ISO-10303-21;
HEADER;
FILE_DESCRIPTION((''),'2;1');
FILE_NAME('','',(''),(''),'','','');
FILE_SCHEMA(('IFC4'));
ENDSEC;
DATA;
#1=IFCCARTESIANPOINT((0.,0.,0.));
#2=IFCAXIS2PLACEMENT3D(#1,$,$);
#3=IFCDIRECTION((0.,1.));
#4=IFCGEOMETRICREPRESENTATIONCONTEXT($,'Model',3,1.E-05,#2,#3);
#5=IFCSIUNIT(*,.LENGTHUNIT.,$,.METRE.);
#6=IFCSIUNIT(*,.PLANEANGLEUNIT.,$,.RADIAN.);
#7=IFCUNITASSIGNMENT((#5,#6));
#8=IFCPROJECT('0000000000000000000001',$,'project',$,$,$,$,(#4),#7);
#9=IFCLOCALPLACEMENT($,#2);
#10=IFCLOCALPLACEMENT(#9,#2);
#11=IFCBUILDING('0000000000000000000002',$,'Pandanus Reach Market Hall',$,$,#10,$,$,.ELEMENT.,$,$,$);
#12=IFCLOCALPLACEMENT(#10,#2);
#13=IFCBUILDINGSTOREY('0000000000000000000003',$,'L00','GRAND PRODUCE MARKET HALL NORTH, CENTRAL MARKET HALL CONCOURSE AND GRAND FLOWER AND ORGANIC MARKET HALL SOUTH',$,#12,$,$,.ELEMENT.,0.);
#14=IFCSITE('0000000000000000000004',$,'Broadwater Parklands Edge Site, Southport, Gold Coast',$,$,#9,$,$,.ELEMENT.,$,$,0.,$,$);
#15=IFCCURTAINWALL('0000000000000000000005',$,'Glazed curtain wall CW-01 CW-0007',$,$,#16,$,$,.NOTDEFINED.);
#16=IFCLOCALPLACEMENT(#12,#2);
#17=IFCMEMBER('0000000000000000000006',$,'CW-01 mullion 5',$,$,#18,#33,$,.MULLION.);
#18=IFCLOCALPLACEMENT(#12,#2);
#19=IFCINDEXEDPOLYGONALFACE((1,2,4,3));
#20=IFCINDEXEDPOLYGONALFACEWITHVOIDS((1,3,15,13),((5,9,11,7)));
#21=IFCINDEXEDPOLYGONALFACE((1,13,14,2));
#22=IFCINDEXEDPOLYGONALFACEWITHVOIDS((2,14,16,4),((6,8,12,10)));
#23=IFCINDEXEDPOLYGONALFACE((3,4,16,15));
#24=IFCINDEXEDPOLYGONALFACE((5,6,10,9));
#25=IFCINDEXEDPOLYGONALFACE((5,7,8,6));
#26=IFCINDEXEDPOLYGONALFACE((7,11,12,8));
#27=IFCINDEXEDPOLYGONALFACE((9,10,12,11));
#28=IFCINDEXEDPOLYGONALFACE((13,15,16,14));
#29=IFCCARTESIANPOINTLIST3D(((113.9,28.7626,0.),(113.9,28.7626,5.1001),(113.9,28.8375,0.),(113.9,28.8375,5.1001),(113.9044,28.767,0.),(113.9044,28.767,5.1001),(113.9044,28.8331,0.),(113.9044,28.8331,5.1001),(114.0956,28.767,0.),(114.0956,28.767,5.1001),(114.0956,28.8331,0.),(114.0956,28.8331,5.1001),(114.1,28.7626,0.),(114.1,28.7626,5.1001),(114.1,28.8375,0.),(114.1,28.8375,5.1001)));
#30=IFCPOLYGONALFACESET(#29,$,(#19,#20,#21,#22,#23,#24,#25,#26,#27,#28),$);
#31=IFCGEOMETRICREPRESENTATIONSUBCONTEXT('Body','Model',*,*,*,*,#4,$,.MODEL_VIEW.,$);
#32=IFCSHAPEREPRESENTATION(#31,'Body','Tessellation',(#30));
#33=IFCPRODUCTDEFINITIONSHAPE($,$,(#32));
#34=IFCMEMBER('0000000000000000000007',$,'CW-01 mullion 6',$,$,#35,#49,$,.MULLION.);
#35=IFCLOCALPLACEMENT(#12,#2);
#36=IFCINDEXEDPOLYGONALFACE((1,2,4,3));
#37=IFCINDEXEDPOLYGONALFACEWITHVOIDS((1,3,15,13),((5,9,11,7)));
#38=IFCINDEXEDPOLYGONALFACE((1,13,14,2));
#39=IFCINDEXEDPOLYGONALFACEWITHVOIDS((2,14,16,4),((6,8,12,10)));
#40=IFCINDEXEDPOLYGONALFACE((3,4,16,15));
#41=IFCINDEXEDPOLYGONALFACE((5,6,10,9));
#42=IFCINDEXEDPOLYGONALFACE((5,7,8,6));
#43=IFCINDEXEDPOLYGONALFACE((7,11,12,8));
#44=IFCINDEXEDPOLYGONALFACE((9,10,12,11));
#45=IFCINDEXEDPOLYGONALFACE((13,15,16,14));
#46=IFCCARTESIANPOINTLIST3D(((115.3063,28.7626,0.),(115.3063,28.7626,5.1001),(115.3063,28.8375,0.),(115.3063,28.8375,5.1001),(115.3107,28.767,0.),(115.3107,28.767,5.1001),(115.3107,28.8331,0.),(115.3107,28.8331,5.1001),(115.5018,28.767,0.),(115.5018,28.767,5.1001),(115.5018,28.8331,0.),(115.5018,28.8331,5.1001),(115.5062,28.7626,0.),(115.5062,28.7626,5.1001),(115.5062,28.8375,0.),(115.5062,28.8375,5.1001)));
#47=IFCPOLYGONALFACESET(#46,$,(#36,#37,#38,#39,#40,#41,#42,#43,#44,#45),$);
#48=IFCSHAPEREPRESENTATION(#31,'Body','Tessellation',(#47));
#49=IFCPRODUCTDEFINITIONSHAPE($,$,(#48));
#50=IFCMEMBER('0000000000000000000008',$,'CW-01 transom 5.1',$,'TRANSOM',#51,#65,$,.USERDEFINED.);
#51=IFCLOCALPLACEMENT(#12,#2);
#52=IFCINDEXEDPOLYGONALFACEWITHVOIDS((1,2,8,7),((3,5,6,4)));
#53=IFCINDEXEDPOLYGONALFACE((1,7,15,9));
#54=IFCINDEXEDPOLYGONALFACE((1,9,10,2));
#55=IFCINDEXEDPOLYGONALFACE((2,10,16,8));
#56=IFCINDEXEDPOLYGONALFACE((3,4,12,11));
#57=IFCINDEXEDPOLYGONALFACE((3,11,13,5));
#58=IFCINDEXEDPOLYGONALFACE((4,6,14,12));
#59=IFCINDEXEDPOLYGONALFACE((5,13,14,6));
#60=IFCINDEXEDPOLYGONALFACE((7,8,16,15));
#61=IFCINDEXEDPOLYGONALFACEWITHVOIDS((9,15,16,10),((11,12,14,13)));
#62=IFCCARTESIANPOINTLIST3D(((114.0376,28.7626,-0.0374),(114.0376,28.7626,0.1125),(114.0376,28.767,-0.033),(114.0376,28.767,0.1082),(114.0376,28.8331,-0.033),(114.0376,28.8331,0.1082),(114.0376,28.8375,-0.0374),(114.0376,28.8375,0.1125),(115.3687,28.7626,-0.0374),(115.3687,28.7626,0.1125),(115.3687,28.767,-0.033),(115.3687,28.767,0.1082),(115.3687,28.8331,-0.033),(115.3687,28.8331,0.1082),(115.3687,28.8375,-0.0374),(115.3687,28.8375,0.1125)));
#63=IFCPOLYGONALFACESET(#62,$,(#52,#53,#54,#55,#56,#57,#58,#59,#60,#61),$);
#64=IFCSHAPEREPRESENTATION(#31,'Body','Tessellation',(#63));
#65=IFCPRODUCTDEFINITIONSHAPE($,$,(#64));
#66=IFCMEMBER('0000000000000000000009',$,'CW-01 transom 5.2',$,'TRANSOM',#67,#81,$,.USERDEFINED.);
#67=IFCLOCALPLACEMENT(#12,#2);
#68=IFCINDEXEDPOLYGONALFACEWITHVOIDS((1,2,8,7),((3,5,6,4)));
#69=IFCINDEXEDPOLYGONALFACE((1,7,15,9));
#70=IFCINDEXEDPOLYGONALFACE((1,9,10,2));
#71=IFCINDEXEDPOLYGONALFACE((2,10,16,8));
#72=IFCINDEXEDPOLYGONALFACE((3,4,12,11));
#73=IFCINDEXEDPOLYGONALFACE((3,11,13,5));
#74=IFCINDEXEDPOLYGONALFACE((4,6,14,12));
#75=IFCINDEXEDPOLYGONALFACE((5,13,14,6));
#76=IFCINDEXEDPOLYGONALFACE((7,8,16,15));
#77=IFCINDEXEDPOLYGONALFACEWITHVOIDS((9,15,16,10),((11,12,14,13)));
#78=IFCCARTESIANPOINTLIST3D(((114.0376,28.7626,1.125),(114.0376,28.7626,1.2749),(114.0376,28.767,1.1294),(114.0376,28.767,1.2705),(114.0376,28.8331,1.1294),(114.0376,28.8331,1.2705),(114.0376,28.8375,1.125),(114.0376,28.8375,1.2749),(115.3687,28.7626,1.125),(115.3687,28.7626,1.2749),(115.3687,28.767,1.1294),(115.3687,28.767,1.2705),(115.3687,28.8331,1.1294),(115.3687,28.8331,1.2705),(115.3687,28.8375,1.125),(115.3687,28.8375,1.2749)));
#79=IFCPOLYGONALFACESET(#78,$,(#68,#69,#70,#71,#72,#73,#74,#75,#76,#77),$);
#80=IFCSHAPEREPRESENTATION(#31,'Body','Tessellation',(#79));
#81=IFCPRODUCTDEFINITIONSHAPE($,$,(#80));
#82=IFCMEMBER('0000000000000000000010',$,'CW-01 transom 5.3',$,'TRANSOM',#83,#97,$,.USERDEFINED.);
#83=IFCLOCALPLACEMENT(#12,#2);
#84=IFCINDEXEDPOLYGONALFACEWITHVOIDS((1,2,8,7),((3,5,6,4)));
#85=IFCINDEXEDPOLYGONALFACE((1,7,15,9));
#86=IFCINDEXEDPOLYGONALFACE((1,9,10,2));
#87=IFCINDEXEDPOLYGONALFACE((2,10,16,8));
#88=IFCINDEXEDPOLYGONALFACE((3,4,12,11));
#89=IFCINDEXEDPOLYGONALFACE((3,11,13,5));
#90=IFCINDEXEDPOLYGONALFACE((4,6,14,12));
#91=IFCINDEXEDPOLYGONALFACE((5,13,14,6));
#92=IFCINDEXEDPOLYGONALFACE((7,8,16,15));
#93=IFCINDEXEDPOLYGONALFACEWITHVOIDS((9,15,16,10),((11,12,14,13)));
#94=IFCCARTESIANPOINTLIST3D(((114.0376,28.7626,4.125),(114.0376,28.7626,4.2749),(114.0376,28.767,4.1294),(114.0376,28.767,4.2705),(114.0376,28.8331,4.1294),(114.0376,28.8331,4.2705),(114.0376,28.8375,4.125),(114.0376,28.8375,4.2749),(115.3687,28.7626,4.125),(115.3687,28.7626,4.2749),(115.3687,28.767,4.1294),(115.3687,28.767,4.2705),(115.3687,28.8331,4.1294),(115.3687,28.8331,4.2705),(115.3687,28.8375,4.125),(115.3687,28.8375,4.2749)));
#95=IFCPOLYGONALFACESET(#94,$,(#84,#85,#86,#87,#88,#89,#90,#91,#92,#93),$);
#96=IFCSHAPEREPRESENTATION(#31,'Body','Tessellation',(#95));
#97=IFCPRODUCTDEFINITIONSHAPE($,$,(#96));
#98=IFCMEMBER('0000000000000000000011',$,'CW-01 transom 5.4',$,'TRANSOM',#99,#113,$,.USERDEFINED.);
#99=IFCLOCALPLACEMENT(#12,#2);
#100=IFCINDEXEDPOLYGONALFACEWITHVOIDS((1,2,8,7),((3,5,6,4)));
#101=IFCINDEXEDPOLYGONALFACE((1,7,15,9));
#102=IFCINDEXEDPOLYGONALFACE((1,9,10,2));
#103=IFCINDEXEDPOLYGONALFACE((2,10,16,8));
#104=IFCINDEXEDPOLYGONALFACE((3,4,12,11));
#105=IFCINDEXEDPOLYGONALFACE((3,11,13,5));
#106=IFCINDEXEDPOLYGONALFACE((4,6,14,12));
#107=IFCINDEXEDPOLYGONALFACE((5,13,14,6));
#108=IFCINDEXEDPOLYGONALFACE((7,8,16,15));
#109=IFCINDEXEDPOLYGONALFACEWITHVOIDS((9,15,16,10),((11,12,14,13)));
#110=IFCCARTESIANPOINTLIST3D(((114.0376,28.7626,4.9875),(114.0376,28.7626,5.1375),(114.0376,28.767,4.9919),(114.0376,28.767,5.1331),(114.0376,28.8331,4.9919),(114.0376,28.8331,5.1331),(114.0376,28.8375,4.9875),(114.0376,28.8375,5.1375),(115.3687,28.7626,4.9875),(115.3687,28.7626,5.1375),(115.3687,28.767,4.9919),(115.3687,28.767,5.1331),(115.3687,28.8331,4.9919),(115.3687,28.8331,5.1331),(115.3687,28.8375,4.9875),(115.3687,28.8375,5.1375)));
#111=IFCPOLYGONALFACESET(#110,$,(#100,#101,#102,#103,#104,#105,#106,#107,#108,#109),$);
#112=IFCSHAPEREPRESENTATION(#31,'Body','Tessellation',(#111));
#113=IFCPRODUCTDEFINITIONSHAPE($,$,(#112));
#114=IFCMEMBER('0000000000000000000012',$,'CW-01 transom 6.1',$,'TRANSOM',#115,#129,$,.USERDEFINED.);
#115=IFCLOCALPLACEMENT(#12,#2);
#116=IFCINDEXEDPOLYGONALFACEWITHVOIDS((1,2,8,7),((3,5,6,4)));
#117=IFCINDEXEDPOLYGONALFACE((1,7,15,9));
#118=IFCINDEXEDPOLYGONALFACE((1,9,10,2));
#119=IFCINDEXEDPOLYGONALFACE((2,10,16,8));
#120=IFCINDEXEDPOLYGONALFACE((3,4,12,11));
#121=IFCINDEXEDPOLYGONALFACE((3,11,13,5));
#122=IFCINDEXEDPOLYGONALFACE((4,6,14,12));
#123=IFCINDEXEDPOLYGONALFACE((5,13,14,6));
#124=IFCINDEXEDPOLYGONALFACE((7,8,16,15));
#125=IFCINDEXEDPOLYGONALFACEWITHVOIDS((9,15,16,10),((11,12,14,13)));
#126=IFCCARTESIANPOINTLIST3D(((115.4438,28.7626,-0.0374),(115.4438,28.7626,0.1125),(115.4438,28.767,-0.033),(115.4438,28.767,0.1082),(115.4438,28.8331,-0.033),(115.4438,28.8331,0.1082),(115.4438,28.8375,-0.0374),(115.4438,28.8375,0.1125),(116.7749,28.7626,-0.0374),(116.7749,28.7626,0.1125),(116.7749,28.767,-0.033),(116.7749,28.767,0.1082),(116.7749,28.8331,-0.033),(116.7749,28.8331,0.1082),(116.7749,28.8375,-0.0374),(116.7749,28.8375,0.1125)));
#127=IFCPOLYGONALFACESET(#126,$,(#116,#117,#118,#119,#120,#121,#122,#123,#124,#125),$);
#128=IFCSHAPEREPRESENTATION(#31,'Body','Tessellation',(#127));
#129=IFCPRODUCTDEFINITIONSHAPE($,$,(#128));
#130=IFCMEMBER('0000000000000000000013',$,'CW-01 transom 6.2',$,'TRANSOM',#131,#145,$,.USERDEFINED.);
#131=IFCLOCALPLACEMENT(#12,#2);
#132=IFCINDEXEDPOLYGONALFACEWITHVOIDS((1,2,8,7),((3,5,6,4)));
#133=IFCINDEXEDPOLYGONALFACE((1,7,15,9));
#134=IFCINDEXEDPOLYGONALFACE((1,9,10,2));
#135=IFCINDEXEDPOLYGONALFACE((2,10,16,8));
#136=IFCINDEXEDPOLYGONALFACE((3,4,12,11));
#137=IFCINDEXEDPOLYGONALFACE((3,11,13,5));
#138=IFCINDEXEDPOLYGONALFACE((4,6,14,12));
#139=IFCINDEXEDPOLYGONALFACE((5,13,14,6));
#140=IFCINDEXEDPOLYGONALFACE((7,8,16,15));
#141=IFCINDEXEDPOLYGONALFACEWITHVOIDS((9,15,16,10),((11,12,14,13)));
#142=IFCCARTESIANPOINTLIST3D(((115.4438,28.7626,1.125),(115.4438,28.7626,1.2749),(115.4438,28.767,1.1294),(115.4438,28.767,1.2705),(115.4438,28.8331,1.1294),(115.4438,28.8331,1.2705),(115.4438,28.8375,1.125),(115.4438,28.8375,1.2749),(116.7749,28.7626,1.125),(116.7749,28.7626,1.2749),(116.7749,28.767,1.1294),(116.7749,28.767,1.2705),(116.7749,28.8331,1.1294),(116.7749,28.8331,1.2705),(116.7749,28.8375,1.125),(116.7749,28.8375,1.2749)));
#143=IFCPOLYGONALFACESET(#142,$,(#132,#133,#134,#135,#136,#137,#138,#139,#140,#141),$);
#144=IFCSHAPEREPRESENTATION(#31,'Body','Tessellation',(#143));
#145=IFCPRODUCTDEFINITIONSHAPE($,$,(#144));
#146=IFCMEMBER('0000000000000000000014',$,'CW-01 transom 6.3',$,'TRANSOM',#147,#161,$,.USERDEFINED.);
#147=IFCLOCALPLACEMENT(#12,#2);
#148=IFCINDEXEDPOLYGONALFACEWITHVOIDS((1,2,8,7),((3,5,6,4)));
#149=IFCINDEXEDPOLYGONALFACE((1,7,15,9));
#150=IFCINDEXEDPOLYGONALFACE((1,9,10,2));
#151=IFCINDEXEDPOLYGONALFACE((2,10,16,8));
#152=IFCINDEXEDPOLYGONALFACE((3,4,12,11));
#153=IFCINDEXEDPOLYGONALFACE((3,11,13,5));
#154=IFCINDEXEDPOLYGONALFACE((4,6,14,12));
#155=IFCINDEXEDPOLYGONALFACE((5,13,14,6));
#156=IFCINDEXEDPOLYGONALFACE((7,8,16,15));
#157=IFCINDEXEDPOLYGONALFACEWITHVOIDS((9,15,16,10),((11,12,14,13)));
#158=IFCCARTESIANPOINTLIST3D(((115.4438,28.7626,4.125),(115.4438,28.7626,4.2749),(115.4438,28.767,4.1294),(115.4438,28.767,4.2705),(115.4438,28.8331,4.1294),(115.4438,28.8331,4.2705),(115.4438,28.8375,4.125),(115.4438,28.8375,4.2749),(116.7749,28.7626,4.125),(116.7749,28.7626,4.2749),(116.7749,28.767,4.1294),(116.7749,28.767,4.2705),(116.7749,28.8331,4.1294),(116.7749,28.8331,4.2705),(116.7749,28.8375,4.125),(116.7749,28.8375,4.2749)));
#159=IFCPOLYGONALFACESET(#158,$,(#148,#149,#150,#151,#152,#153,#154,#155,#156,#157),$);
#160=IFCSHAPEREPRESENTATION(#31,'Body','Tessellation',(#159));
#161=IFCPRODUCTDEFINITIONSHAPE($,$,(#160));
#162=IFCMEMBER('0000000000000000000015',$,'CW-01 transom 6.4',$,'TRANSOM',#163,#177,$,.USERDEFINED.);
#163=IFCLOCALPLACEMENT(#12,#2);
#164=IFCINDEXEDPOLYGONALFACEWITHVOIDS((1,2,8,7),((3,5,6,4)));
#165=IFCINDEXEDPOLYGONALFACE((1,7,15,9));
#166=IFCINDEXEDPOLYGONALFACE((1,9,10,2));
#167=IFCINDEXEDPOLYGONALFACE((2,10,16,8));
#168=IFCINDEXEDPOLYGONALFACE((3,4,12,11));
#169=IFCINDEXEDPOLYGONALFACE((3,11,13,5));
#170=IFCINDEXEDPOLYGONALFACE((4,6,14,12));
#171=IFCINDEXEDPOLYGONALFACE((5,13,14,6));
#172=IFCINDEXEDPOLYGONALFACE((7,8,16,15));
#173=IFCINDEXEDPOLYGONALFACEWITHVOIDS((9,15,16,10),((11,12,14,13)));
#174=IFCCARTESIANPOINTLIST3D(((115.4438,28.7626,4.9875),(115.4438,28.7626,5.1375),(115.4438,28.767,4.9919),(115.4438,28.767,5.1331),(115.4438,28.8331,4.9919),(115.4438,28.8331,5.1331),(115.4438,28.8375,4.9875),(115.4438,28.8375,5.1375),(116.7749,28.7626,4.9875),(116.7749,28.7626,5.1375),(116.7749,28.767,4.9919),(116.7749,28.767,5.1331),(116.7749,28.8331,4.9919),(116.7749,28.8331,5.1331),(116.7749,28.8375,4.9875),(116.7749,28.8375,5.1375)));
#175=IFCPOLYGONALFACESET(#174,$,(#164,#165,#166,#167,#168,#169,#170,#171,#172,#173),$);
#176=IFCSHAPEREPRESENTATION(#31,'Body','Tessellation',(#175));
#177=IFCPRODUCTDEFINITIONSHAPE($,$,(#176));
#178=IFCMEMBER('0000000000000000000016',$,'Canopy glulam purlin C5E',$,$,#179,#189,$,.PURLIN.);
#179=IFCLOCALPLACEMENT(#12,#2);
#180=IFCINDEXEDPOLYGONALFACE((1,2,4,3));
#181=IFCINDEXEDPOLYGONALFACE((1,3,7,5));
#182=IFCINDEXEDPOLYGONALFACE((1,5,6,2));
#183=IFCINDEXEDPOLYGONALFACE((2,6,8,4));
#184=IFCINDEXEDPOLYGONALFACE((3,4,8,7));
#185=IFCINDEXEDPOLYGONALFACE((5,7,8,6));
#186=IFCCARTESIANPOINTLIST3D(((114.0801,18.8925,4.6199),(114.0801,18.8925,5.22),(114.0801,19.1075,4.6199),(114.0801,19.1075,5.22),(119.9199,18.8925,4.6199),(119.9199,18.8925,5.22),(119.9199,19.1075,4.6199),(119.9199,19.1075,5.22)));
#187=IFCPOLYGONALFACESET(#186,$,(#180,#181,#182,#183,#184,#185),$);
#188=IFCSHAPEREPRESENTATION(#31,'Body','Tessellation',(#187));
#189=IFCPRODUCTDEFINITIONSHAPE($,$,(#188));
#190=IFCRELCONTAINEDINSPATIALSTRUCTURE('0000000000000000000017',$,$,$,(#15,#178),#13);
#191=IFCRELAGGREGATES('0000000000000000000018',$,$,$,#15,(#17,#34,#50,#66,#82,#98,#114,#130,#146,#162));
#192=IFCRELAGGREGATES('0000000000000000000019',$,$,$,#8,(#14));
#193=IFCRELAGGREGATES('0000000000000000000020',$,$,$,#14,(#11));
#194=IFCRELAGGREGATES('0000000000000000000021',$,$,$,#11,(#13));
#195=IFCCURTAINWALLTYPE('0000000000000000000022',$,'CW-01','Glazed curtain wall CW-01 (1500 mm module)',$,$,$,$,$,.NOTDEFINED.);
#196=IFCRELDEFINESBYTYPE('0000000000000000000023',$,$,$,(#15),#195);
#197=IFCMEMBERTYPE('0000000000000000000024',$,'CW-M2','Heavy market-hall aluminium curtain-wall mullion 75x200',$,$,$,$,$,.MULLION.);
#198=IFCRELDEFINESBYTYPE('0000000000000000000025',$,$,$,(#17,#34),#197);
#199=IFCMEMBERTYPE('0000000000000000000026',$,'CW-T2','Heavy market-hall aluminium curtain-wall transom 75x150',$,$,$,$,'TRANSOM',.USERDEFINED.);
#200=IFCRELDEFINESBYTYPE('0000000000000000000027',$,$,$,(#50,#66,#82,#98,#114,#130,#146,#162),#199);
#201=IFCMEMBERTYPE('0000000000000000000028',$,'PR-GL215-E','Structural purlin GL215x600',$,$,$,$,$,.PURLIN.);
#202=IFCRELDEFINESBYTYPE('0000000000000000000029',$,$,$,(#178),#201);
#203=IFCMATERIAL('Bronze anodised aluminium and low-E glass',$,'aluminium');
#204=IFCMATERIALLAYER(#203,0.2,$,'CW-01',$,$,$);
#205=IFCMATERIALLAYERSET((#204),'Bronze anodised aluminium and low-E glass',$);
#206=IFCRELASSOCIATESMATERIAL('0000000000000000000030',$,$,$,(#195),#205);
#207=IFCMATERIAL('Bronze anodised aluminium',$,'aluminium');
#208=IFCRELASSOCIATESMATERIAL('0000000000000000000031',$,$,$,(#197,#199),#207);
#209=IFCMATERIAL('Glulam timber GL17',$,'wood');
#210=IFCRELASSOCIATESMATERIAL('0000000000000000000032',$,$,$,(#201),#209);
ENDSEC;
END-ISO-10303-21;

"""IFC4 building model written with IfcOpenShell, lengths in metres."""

from ifc_helpers import new_model, si_unit, direction, frame, origin, origin_2d, place, context, subcontext, project, spatial, rectangle, hollow_rectangle, extrude, material, layer, layer_set, material_profile, profile_set, type_object, element, aggregate, save


model = new_model("IFC4")

# Units and contexts
model_context = context("Model", 3, precision=1e-05, world=origin(), true_north=direction((0.0, 1.0)))
body_context = subcontext(model_context, "Body", "Model", "MODEL_VIEW")
ifc_project = project(units=[si_unit("LENGTHUNIT", "METRE"), si_unit("PLANEANGLEUNIT", "RADIAN")], contexts=[model_context])

# Site, building, storey
site_placement = place(None, origin())
site = spatial("IfcSite", under=ifc_project, at=site_placement, Name="Broadwater Parklands Edge Site, Southport, Gold Coast", CompositionType="ELEMENT", RefElevation=0.0)
building_placement = place(site_placement, origin())
building = spatial("IfcBuilding", under=site, at=building_placement, Name="Pandanus Reach Market Hall", CompositionType="ELEMENT")
storey_placement = place(building_placement, origin())
storey = spatial("IfcBuildingStorey", under=building, at=storey_placement, Name="L00", Description="GRAND PRODUCE MARKET HALL NORTH, CENTRAL MARKET HALL CONCOURSE AND GRAND FLOWER AND ORGANIC MARKET HALL SOUTH", CompositionType="ELEMENT", Elevation=0.0)

# Curtain wall, members
ifc_material_1 = material(Name="Bronze anodised aluminium and low-E glass", Category="aluminium")
ifc_layer_1 = layer(ifc_material_1, 0.2, Name="CW-01")
ifc_layer_set_1 = layer_set([ifc_layer_1], Name="Bronze anodised aluminium and low-E glass")
curtain_wall_type = type_object("IfcCurtainWallType", Name="CW-01", Description="Glazed curtain wall CW-01 (1500 mm module)", PredefinedType="NOTDEFINED", material=ifc_layer_set_1)
curtain_wall_placement = place(storey_placement, origin())
curtain_wall = element("IfcCurtainWall", 1, at=curtain_wall_placement, inside=storey, type_object=curtain_wall_type, Name="Glazed curtain wall CW-01 CW-0007", PredefinedType="NOTDEFINED")
ifc_material_2 = material(Name="Bronze anodised aluminium", Category="aluminium")
ifc_material_profile_1 = material_profile(ifc_material_2, hollow_rectangle(XDim=0.075, YDim=0.2, WallThickness=0.0044, at=origin_2d()), Name="ALU75x200", Category="LoadBearing")
ifc_profile_set_1 = profile_set([ifc_material_profile_1], Name="Bronze anodised aluminium")
member_type_1 = type_object("IfcMemberType", Name="CW-M2", Description="Heavy market-hall aluminium curtain-wall mullion 75x200", PredefinedType="MULLION", material=ifc_profile_set_1)
member_1_placement = place(storey_placement, frame((114.0, 28.8, 0.0), z_axis=(0.0, 0.0, 1.0), x_axis=(0.0, 1.0, 0.0)))
member_1 = element("IfcMember", 2, at=member_1_placement, type_object=member_type_1, Name="CW-01 mullion 5", PredefinedType="MULLION", context=body_context, shape_type="SweptSolid", body=[
    extrude(hollow_rectangle(XDim=0.075, YDim=0.2, WallThickness=0.0044, at=origin_2d()), origin(), (0.0, 0.0, 1.0), 5.1001),
])
member_2_placement = place(storey_placement, frame((115.4062, 28.8, 0.0), z_axis=(0.0, 0.0, 1.0), x_axis=(0.0, 1.0, 0.0)))
member_2 = element("IfcMember", 3, at=member_2_placement, type_object=member_type_1, Name="CW-01 mullion 6", PredefinedType="MULLION", context=body_context, shape_type="SweptSolid", body=[
    extrude(hollow_rectangle(XDim=0.075, YDim=0.2, WallThickness=0.0044, at=origin_2d()), origin(), (0.0, 0.0, 1.0), 5.1001),
])
ifc_material_profile_2 = material_profile(ifc_material_2, hollow_rectangle(XDim=0.075, YDim=0.1499, WallThickness=0.0044, at=origin_2d()), Name="ALU75x150", Category="LoadBearing")
ifc_profile_set_2 = profile_set([ifc_material_profile_2], Name="Bronze anodised aluminium")
member_type_2 = type_object("IfcMemberType", Name="CW-T2", Description="Heavy market-hall aluminium curtain-wall transom 75x150", ElementType="TRANSOM", PredefinedType="USERDEFINED", material=ifc_profile_set_2)
member_3_placement = place(storey_placement, frame((114.0376, 28.8, 0.0376), z_axis=(1.0, 0.0, 0.0), x_axis=(0.0, 1.0, 0.0)))
member_3 = element("IfcMember", 4, at=member_3_placement, type_object=member_type_2, Name="CW-01 transom 5.1", ObjectType="TRANSOM", PredefinedType="USERDEFINED", context=body_context, shape_type="SweptSolid", body=[
    extrude(hollow_rectangle(XDim=0.075, YDim=0.1499, WallThickness=0.0044, at=origin_2d()), origin(), (0.0, 0.0, 1.0), 1.3311),
])
member_4_placement = place(storey_placement, frame((114.0376, 28.8, 1.2), z_axis=(1.0, 0.0, 0.0), x_axis=(0.0, 1.0, 0.0)))
member_4 = element("IfcMember", 5, at=member_4_placement, type_object=member_type_2, Name="CW-01 transom 5.2", ObjectType="TRANSOM", PredefinedType="USERDEFINED", context=body_context, shape_type="SweptSolid", body=[
    extrude(hollow_rectangle(XDim=0.075, YDim=0.1499, WallThickness=0.0044, at=origin_2d()), origin(), (0.0, 0.0, 1.0), 1.3311),
])
member_5_placement = place(storey_placement, frame((114.0376, 28.8, 4.2), z_axis=(1.0, 0.0, 0.0), x_axis=(0.0, 1.0, 0.0)))
member_5 = element("IfcMember", 6, at=member_5_placement, type_object=member_type_2, Name="CW-01 transom 5.3", ObjectType="TRANSOM", PredefinedType="USERDEFINED", context=body_context, shape_type="SweptSolid", body=[
    extrude(hollow_rectangle(XDim=0.075, YDim=0.1499, WallThickness=0.0044, at=origin_2d()), origin(), (0.0, 0.0, 1.0), 1.3311),
])
member_6_placement = place(storey_placement, frame((114.0376, 28.8, 5.0625), z_axis=(1.0, 0.0, 0.0), x_axis=(0.0, 1.0, 0.0)))
member_6 = element("IfcMember", 7, at=member_6_placement, type_object=member_type_2, Name="CW-01 transom 5.4", ObjectType="TRANSOM", PredefinedType="USERDEFINED", context=body_context, shape_type="SweptSolid", body=[
    extrude(hollow_rectangle(XDim=0.075, YDim=0.1499, WallThickness=0.0044, at=origin_2d()), origin(), (0.0, 0.0, 1.0), 1.3311),
])
member_7_placement = place(storey_placement, frame((115.4438, 28.8, 0.0376), z_axis=(1.0, 0.0, 0.0), x_axis=(0.0, 1.0, 0.0)))
member_7 = element("IfcMember", 8, at=member_7_placement, type_object=member_type_2, Name="CW-01 transom 6.1", ObjectType="TRANSOM", PredefinedType="USERDEFINED", context=body_context, shape_type="SweptSolid", body=[
    extrude(hollow_rectangle(XDim=0.075, YDim=0.1499, WallThickness=0.0044, at=origin_2d()), origin(), (0.0, 0.0, 1.0), 1.3311),
])
member_8_placement = place(storey_placement, frame((115.4438, 28.8, 1.2), z_axis=(1.0, 0.0, 0.0), x_axis=(0.0, 1.0, 0.0)))
member_8 = element("IfcMember", 9, at=member_8_placement, type_object=member_type_2, Name="CW-01 transom 6.2", ObjectType="TRANSOM", PredefinedType="USERDEFINED", context=body_context, shape_type="SweptSolid", body=[
    extrude(hollow_rectangle(XDim=0.075, YDim=0.1499, WallThickness=0.0044, at=origin_2d()), origin(), (0.0, 0.0, 1.0), 1.3311),
])
member_9_placement = place(storey_placement, frame((115.4438, 28.8, 4.2), z_axis=(1.0, 0.0, 0.0), x_axis=(0.0, 1.0, 0.0)))
member_9 = element("IfcMember", 10, at=member_9_placement, type_object=member_type_2, Name="CW-01 transom 6.3", ObjectType="TRANSOM", PredefinedType="USERDEFINED", context=body_context, shape_type="SweptSolid", body=[
    extrude(hollow_rectangle(XDim=0.075, YDim=0.1499, WallThickness=0.0044, at=origin_2d()), origin(), (0.0, 0.0, 1.0), 1.3311),
])
member_10_placement = place(storey_placement, frame((115.4438, 28.8, 5.0625), z_axis=(1.0, 0.0, 0.0), x_axis=(0.0, 1.0, 0.0)))
member_10 = element("IfcMember", 11, at=member_10_placement, type_object=member_type_2, Name="CW-01 transom 6.4", ObjectType="TRANSOM", PredefinedType="USERDEFINED", context=body_context, shape_type="SweptSolid", body=[
    extrude(hollow_rectangle(XDim=0.075, YDim=0.1499, WallThickness=0.0044, at=origin_2d()), origin(), (0.0, 0.0, 1.0), 1.3311),
])

# Member
ifc_material_3 = material(Name="Glulam timber GL17", Category="wood")
ifc_material_profile_3 = material_profile(ifc_material_3, rectangle(XDim=0.2151, YDim=0.6001, at=origin_2d()), Name="GL215x600", Category="LoadBearing")
ifc_profile_set_3 = profile_set([ifc_material_profile_3], Name="Glulam timber GL17")
member_type_3 = type_object("IfcMemberType", Name="PR-GL215-E", Description="Structural purlin GL215x600", PredefinedType="PURLIN", material=ifc_profile_set_3)
for number, where, z_axis, x_axis, name in (
    (12, (114.0801, 19.0, 4.9199), (1.0, 0.0, 0.0), (0.0, 1.0, 0.0), "Canopy glulam purlin C5E"),
):
    element("IfcMember", number, at=place(storey_placement, frame(where, z_axis=z_axis, x_axis=x_axis)), inside=storey, type_object=member_type_3, Name=name, PredefinedType="PURLIN", context=body_context, shape_type="SweptSolid", body=[
        extrude(rectangle(XDim=0.2151, YDim=0.6001, at=origin_2d()), origin(), (0.0, 0.0, 1.0), 5.8398),
    ])

aggregate(curtain_wall, [member_1, member_2, member_3, member_4, member_5, member_6, member_7, member_8, member_9, member_10])

save(model, "model.ifc")
